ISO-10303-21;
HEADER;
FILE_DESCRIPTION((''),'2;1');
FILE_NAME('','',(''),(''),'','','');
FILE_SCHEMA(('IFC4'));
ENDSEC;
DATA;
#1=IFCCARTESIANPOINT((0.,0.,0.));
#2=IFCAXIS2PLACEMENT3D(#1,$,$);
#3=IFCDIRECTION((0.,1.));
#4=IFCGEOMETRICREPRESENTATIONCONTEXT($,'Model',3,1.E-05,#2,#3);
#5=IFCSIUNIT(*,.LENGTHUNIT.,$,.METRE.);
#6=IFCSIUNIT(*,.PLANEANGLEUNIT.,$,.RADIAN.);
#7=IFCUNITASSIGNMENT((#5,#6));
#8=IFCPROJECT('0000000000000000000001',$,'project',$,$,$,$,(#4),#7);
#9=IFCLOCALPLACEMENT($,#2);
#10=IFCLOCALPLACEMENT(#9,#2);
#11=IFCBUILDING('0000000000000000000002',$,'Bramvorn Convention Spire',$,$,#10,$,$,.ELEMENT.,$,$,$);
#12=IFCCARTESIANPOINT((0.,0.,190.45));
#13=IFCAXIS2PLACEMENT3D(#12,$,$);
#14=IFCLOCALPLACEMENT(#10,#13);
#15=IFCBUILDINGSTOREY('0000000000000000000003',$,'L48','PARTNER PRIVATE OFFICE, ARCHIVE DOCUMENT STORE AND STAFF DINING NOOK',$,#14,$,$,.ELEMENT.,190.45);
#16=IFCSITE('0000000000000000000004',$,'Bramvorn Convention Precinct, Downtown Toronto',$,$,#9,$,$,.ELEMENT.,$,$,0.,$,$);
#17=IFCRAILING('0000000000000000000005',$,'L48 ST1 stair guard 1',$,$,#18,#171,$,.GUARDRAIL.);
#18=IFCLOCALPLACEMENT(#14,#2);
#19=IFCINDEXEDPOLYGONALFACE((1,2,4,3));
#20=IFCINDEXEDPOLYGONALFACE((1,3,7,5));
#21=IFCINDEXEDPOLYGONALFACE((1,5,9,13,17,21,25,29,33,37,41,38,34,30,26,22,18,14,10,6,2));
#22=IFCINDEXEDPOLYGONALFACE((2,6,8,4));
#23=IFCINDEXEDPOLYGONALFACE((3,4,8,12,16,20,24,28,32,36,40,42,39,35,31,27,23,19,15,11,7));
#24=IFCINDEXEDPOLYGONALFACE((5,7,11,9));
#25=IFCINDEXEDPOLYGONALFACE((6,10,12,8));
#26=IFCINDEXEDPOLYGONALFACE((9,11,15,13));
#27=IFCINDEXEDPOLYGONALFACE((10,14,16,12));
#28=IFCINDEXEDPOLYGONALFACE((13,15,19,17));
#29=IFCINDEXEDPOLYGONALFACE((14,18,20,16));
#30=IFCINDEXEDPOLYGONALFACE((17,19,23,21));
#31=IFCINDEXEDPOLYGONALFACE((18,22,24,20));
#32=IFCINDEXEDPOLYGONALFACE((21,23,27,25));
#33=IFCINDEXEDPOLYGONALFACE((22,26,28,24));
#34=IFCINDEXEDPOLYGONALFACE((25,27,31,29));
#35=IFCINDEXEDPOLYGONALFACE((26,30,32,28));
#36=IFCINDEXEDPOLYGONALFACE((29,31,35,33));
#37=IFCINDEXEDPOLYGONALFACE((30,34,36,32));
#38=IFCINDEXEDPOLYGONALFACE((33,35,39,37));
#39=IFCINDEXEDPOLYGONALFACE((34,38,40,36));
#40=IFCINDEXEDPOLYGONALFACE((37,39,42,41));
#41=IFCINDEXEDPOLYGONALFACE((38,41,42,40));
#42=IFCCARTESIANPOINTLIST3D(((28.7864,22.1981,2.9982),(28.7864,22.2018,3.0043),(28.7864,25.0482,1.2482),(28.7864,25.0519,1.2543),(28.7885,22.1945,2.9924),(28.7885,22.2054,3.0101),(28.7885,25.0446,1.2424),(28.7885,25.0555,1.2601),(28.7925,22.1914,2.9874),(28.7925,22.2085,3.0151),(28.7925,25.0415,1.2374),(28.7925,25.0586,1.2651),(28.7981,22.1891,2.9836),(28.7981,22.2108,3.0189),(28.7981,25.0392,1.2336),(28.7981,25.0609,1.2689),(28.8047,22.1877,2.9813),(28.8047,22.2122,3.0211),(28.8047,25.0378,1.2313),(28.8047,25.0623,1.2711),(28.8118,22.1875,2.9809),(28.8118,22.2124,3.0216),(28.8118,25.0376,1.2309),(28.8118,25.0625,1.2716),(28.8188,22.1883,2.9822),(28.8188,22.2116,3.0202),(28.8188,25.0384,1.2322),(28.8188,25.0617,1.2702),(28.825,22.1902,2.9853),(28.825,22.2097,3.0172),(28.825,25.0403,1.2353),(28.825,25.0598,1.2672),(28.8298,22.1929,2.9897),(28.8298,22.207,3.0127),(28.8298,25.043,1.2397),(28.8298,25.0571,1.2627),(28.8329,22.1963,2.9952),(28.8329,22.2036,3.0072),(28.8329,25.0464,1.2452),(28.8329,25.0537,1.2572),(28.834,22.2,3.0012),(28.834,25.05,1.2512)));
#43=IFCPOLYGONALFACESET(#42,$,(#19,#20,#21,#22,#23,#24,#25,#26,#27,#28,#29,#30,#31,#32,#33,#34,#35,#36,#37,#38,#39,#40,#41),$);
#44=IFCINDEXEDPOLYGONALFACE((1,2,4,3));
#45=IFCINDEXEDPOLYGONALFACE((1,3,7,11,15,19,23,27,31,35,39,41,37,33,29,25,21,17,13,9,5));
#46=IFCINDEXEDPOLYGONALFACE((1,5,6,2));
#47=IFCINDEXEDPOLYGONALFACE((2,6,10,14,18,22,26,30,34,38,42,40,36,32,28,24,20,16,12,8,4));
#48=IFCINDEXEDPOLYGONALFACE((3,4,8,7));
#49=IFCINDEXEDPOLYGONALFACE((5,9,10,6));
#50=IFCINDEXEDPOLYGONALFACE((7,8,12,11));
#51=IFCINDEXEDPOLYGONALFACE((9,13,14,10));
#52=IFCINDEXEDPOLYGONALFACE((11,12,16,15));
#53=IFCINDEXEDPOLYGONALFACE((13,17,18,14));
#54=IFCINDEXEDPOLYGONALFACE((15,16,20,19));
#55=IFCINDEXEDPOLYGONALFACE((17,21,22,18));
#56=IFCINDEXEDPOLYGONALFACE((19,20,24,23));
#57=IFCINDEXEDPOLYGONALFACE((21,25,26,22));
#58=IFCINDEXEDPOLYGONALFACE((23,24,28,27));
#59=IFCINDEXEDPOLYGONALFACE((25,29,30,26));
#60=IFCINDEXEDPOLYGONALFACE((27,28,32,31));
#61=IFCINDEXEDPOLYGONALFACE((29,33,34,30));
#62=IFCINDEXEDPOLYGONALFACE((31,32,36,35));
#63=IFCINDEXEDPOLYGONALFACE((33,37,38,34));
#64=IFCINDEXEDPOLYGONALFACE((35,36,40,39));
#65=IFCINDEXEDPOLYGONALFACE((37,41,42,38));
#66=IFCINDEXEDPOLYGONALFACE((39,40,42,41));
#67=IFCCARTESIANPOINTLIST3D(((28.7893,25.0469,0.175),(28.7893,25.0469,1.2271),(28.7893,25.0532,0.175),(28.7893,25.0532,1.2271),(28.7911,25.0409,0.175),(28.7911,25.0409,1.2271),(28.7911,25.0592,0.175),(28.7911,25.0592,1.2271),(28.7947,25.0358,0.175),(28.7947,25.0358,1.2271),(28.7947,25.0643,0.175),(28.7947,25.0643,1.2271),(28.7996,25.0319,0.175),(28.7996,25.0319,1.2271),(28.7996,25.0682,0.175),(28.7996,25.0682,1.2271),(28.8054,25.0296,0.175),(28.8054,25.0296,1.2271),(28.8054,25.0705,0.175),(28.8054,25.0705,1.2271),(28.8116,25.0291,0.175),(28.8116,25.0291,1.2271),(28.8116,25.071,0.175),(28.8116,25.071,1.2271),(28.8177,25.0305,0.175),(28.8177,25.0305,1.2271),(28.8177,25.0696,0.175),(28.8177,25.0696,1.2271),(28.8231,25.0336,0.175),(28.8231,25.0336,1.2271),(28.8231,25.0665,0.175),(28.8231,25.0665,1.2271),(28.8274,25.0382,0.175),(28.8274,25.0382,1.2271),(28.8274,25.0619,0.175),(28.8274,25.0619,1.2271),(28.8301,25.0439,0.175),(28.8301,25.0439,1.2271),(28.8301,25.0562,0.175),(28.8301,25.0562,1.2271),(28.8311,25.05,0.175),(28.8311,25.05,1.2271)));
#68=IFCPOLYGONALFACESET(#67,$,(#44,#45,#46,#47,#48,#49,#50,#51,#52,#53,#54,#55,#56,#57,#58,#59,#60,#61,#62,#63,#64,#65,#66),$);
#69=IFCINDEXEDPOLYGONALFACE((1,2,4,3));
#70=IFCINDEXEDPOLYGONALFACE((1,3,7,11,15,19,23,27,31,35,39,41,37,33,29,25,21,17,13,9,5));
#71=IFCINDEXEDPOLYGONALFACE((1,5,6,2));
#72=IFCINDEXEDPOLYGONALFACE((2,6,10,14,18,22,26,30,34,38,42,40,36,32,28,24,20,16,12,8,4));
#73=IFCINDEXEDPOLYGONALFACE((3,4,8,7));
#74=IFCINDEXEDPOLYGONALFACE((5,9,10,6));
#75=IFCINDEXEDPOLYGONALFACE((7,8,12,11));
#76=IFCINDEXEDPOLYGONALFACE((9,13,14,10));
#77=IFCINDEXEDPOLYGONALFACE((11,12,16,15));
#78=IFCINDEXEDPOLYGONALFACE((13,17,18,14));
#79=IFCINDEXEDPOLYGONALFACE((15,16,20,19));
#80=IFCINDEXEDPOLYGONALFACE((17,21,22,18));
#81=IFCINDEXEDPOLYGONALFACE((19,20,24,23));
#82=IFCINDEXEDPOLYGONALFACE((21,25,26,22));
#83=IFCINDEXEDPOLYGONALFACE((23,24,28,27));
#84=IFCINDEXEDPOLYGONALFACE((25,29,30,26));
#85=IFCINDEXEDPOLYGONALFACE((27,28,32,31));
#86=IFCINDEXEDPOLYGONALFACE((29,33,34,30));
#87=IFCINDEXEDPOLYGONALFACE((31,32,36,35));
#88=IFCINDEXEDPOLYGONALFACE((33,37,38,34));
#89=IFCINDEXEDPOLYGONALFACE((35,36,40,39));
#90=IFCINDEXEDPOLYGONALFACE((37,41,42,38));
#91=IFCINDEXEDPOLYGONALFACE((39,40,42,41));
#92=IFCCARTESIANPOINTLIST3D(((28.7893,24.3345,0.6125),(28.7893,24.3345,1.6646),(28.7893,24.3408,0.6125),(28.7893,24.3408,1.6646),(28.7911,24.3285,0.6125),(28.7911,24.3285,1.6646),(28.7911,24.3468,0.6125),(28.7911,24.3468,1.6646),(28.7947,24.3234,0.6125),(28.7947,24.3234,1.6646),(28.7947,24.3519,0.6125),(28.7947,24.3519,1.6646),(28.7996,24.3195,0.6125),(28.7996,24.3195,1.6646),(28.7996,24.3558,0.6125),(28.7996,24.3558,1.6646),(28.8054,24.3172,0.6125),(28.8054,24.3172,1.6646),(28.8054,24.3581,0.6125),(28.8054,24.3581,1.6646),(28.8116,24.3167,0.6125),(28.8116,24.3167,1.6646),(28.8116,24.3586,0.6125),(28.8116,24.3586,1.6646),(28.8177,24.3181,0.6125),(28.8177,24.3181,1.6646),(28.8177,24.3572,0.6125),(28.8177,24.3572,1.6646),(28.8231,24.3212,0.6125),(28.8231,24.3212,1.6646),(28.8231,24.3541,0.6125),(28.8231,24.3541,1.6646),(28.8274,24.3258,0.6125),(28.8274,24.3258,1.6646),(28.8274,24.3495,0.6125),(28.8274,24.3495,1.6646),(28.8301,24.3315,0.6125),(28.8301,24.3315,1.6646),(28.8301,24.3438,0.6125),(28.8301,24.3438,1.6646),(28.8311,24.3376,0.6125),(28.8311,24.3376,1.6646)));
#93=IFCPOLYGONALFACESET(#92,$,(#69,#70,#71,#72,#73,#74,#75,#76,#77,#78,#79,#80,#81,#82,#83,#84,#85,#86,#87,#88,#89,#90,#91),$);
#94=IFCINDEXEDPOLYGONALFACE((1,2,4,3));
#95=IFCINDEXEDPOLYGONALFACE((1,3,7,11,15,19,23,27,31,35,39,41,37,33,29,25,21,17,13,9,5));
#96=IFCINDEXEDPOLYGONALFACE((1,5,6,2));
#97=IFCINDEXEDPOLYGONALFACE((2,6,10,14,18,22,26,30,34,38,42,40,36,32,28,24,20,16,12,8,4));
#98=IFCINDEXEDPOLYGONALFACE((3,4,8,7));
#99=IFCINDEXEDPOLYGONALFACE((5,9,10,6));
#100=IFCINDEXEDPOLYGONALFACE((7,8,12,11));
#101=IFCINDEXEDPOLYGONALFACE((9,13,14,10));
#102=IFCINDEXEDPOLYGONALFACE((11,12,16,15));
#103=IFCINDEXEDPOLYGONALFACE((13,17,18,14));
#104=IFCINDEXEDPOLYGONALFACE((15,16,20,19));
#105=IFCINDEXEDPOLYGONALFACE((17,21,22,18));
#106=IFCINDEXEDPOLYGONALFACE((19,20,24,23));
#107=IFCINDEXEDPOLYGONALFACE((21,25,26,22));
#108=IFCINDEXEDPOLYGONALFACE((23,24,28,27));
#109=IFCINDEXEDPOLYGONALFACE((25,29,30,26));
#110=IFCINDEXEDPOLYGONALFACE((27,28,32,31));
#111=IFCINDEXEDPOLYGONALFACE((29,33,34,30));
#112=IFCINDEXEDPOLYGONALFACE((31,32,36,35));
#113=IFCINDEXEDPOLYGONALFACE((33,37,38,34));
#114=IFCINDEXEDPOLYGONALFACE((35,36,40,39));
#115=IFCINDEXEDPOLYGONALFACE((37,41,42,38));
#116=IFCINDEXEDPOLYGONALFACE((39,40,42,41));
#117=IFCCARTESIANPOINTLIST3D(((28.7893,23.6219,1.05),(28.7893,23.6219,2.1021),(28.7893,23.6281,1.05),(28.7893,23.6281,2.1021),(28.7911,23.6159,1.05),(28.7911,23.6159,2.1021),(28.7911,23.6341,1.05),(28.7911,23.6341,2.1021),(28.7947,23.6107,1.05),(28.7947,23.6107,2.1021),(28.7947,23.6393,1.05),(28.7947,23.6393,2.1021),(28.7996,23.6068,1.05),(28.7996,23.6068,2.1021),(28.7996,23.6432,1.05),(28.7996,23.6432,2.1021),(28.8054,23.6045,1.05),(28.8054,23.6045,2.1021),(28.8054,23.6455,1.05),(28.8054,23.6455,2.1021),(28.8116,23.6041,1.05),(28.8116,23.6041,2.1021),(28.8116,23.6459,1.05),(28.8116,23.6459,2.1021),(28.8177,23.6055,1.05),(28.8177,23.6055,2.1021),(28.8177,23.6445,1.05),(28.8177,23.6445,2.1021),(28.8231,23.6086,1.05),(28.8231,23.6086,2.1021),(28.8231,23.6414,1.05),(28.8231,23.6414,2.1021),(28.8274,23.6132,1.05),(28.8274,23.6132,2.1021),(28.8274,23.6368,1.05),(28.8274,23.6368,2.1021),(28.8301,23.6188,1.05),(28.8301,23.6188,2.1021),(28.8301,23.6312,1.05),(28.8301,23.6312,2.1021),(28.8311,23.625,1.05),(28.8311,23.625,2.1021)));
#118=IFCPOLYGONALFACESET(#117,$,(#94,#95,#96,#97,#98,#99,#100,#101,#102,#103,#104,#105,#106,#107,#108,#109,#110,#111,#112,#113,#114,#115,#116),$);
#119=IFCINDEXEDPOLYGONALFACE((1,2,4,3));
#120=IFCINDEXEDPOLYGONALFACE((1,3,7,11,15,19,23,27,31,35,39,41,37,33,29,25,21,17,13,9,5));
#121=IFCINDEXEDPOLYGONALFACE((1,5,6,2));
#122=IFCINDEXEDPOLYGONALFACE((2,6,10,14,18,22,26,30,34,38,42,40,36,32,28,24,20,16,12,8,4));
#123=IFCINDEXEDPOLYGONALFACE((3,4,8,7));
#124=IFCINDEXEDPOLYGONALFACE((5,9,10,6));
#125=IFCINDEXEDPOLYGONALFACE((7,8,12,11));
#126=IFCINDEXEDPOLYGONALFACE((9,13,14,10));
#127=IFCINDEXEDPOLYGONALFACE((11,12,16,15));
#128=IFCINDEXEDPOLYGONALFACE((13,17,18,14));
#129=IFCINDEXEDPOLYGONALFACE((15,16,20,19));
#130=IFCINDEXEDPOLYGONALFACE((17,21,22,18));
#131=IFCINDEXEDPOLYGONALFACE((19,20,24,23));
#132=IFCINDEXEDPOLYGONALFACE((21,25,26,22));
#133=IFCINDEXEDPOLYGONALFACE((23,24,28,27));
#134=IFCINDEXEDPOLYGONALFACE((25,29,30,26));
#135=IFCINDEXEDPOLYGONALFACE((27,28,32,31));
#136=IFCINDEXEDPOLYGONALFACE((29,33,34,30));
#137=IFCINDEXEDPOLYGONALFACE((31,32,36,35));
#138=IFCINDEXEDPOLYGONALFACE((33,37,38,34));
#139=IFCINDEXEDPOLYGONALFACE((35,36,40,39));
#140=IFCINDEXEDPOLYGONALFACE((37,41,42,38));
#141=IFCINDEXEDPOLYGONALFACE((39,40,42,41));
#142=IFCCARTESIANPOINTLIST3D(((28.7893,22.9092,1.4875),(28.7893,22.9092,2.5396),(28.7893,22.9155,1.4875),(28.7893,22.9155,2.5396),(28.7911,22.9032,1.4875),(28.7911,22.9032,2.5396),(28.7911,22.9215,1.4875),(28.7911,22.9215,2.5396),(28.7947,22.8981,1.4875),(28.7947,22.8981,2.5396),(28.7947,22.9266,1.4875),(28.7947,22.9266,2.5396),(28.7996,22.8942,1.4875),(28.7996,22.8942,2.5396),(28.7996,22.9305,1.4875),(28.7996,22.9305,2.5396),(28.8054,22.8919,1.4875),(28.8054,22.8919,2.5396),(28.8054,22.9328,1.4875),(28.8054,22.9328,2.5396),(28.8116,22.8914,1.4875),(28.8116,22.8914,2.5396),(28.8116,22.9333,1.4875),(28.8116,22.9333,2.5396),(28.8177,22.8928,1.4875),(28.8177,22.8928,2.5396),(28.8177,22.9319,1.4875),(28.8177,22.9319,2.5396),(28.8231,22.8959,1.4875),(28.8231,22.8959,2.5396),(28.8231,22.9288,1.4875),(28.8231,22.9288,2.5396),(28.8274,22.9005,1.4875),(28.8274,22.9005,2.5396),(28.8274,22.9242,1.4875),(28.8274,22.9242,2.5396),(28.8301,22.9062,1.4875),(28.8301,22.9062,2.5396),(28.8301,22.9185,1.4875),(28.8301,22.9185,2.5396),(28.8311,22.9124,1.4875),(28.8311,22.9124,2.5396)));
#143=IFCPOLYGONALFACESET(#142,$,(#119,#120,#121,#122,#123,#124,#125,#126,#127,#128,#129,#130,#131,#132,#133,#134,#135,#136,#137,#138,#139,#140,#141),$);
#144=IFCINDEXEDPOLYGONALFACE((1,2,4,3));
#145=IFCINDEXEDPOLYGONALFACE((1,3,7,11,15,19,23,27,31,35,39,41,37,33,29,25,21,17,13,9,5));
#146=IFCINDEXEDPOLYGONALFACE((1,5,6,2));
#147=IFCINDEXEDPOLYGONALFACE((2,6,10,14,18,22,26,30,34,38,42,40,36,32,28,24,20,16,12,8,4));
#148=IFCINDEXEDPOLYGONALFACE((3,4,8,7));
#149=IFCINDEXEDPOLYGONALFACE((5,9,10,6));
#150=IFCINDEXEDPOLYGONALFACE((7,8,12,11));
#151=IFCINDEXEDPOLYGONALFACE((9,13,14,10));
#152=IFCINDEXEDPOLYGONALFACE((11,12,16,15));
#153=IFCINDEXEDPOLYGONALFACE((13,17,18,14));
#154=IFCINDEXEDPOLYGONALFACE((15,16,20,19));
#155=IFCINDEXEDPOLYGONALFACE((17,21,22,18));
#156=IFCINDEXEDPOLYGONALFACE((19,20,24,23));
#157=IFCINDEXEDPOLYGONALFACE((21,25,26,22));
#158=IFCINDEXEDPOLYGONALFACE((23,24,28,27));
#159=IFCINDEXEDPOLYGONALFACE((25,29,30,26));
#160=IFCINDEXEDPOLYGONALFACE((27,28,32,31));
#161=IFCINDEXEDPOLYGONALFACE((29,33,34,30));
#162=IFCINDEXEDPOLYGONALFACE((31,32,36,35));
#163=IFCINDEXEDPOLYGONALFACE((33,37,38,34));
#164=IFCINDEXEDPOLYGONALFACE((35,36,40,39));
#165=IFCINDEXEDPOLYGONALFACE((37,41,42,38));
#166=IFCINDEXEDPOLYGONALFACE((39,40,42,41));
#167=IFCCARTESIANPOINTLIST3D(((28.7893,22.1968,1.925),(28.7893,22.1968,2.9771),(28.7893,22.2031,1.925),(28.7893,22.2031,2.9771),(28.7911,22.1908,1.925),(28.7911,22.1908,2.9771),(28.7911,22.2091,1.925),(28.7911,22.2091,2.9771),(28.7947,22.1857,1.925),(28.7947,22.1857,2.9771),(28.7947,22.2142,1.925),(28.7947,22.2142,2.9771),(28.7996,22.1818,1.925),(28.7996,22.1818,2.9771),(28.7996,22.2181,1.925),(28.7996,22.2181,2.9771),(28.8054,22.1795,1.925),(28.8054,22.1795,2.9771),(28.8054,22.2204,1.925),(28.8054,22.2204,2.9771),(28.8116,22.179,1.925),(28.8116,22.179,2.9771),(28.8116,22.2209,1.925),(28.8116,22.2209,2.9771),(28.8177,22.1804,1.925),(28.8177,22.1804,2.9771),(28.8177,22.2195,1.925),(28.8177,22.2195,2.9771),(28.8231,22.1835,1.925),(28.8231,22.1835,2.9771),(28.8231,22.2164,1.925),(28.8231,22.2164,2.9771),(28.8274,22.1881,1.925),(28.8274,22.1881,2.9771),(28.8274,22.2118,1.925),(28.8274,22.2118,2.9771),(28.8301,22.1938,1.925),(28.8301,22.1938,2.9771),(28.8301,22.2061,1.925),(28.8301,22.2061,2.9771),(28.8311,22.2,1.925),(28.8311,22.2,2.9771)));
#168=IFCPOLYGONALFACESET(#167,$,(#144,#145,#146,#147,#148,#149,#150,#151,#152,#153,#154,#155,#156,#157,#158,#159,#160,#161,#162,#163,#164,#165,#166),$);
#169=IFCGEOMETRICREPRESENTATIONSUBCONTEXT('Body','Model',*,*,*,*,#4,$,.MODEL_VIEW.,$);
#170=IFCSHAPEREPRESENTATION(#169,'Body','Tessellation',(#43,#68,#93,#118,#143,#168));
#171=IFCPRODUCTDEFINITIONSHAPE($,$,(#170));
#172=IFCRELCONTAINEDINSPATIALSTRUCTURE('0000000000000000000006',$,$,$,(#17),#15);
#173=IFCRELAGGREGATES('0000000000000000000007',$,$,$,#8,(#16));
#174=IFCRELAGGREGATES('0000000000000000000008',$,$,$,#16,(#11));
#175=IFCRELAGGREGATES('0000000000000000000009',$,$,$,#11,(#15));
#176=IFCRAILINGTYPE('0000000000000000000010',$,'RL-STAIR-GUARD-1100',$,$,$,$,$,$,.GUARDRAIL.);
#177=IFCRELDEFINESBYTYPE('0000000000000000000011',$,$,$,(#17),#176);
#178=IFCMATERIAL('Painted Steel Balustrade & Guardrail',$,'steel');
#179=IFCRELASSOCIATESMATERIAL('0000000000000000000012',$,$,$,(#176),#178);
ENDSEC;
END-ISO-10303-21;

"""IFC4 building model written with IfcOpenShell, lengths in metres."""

from ifc_helpers import new_model, si_unit, direction, frame, origin, origin_2d, place, context, subcontext, project, spatial, circle, extrude, material, type_object, element, save


model = new_model("IFC4")

# Units and contexts
model_context = context("Model", 3, precision=1e-05, world=origin(), true_north=direction((0.0, 1.0)))
body_context = subcontext(model_context, "Body", "Model", "MODEL_VIEW")
ifc_project = project(units=[si_unit("LENGTHUNIT", "METRE"), si_unit("PLANEANGLEUNIT", "RADIAN")], contexts=[model_context])

# Site, building, storey
site_placement = place(None, origin())
site = spatial("IfcSite", under=ifc_project, at=site_placement, Name="Bramvorn Convention Precinct, Downtown Toronto", CompositionType="ELEMENT", RefElevation=0.0)
building_placement = place(site_placement, origin())
building = spatial("IfcBuilding", under=site, at=building_placement, Name="Bramvorn Convention Spire", CompositionType="ELEMENT")
storey_placement = place(building_placement, frame((0.0, 0.0, 190.45)))
storey = spatial("IfcBuildingStorey", under=building, at=storey_placement, Name="L48", Description="PARTNER PRIVATE OFFICE, ARCHIVE DOCUMENT STORE AND STAFF DINING NOOK", CompositionType="ELEMENT", Elevation=190.45)

# Railing
ifc_material_1 = material(Name="Painted Steel Balustrade & Guardrail", Category="steel")
railing_type_1 = type_object("IfcRailingType", Name="RL-STAIR-GUARD-1100", PredefinedType="GUARDRAIL", material=ifc_material_1)
railing_1_placement = place(storey_placement, frame((28.8101, 25.05, 0.175)))
element("IfcRailing", 1, at=railing_1_placement, inside=storey, type_object=railing_type_1, Name="L48 ST1 stair guard 1", PredefinedType="GUARDRAIL", context=body_context, shape_type="SweptSolid", body=[
    extrude(circle(Radius=0.0239, at=origin_2d()), frame((0.0, 0.0, 1.0762), z_axis=(0.0, -0.852179, 0.52325), x_axis=(1.0, 0.0, 0.0)), (0.0, 0.0, 1.0), 3.3445),
    extrude(circle(Radius=0.021, at=origin_2d()), origin(), (0.0, 0.0, 1.0), 1.052),
    extrude(circle(Radius=0.021, at=origin_2d()), frame((0.0, -0.7124, 0.4375)), (0.0, 0.0, 1.0), 1.052),
    extrude(circle(Radius=0.021, at=origin_2d()), frame((0.0, -1.425, 0.875)), (0.0, 0.0, 1.0), 1.052),
    extrude(circle(Radius=0.021, at=origin_2d()), frame((0.0, -2.1377, 1.3125)), (0.0, 0.0, 1.0), 1.052),
    extrude(circle(Radius=0.021, at=origin_2d()), frame((0.0, -2.8501, 1.75)), (0.0, 0.0, 1.0), 1.052),
])

save(model, "model.ifc")
